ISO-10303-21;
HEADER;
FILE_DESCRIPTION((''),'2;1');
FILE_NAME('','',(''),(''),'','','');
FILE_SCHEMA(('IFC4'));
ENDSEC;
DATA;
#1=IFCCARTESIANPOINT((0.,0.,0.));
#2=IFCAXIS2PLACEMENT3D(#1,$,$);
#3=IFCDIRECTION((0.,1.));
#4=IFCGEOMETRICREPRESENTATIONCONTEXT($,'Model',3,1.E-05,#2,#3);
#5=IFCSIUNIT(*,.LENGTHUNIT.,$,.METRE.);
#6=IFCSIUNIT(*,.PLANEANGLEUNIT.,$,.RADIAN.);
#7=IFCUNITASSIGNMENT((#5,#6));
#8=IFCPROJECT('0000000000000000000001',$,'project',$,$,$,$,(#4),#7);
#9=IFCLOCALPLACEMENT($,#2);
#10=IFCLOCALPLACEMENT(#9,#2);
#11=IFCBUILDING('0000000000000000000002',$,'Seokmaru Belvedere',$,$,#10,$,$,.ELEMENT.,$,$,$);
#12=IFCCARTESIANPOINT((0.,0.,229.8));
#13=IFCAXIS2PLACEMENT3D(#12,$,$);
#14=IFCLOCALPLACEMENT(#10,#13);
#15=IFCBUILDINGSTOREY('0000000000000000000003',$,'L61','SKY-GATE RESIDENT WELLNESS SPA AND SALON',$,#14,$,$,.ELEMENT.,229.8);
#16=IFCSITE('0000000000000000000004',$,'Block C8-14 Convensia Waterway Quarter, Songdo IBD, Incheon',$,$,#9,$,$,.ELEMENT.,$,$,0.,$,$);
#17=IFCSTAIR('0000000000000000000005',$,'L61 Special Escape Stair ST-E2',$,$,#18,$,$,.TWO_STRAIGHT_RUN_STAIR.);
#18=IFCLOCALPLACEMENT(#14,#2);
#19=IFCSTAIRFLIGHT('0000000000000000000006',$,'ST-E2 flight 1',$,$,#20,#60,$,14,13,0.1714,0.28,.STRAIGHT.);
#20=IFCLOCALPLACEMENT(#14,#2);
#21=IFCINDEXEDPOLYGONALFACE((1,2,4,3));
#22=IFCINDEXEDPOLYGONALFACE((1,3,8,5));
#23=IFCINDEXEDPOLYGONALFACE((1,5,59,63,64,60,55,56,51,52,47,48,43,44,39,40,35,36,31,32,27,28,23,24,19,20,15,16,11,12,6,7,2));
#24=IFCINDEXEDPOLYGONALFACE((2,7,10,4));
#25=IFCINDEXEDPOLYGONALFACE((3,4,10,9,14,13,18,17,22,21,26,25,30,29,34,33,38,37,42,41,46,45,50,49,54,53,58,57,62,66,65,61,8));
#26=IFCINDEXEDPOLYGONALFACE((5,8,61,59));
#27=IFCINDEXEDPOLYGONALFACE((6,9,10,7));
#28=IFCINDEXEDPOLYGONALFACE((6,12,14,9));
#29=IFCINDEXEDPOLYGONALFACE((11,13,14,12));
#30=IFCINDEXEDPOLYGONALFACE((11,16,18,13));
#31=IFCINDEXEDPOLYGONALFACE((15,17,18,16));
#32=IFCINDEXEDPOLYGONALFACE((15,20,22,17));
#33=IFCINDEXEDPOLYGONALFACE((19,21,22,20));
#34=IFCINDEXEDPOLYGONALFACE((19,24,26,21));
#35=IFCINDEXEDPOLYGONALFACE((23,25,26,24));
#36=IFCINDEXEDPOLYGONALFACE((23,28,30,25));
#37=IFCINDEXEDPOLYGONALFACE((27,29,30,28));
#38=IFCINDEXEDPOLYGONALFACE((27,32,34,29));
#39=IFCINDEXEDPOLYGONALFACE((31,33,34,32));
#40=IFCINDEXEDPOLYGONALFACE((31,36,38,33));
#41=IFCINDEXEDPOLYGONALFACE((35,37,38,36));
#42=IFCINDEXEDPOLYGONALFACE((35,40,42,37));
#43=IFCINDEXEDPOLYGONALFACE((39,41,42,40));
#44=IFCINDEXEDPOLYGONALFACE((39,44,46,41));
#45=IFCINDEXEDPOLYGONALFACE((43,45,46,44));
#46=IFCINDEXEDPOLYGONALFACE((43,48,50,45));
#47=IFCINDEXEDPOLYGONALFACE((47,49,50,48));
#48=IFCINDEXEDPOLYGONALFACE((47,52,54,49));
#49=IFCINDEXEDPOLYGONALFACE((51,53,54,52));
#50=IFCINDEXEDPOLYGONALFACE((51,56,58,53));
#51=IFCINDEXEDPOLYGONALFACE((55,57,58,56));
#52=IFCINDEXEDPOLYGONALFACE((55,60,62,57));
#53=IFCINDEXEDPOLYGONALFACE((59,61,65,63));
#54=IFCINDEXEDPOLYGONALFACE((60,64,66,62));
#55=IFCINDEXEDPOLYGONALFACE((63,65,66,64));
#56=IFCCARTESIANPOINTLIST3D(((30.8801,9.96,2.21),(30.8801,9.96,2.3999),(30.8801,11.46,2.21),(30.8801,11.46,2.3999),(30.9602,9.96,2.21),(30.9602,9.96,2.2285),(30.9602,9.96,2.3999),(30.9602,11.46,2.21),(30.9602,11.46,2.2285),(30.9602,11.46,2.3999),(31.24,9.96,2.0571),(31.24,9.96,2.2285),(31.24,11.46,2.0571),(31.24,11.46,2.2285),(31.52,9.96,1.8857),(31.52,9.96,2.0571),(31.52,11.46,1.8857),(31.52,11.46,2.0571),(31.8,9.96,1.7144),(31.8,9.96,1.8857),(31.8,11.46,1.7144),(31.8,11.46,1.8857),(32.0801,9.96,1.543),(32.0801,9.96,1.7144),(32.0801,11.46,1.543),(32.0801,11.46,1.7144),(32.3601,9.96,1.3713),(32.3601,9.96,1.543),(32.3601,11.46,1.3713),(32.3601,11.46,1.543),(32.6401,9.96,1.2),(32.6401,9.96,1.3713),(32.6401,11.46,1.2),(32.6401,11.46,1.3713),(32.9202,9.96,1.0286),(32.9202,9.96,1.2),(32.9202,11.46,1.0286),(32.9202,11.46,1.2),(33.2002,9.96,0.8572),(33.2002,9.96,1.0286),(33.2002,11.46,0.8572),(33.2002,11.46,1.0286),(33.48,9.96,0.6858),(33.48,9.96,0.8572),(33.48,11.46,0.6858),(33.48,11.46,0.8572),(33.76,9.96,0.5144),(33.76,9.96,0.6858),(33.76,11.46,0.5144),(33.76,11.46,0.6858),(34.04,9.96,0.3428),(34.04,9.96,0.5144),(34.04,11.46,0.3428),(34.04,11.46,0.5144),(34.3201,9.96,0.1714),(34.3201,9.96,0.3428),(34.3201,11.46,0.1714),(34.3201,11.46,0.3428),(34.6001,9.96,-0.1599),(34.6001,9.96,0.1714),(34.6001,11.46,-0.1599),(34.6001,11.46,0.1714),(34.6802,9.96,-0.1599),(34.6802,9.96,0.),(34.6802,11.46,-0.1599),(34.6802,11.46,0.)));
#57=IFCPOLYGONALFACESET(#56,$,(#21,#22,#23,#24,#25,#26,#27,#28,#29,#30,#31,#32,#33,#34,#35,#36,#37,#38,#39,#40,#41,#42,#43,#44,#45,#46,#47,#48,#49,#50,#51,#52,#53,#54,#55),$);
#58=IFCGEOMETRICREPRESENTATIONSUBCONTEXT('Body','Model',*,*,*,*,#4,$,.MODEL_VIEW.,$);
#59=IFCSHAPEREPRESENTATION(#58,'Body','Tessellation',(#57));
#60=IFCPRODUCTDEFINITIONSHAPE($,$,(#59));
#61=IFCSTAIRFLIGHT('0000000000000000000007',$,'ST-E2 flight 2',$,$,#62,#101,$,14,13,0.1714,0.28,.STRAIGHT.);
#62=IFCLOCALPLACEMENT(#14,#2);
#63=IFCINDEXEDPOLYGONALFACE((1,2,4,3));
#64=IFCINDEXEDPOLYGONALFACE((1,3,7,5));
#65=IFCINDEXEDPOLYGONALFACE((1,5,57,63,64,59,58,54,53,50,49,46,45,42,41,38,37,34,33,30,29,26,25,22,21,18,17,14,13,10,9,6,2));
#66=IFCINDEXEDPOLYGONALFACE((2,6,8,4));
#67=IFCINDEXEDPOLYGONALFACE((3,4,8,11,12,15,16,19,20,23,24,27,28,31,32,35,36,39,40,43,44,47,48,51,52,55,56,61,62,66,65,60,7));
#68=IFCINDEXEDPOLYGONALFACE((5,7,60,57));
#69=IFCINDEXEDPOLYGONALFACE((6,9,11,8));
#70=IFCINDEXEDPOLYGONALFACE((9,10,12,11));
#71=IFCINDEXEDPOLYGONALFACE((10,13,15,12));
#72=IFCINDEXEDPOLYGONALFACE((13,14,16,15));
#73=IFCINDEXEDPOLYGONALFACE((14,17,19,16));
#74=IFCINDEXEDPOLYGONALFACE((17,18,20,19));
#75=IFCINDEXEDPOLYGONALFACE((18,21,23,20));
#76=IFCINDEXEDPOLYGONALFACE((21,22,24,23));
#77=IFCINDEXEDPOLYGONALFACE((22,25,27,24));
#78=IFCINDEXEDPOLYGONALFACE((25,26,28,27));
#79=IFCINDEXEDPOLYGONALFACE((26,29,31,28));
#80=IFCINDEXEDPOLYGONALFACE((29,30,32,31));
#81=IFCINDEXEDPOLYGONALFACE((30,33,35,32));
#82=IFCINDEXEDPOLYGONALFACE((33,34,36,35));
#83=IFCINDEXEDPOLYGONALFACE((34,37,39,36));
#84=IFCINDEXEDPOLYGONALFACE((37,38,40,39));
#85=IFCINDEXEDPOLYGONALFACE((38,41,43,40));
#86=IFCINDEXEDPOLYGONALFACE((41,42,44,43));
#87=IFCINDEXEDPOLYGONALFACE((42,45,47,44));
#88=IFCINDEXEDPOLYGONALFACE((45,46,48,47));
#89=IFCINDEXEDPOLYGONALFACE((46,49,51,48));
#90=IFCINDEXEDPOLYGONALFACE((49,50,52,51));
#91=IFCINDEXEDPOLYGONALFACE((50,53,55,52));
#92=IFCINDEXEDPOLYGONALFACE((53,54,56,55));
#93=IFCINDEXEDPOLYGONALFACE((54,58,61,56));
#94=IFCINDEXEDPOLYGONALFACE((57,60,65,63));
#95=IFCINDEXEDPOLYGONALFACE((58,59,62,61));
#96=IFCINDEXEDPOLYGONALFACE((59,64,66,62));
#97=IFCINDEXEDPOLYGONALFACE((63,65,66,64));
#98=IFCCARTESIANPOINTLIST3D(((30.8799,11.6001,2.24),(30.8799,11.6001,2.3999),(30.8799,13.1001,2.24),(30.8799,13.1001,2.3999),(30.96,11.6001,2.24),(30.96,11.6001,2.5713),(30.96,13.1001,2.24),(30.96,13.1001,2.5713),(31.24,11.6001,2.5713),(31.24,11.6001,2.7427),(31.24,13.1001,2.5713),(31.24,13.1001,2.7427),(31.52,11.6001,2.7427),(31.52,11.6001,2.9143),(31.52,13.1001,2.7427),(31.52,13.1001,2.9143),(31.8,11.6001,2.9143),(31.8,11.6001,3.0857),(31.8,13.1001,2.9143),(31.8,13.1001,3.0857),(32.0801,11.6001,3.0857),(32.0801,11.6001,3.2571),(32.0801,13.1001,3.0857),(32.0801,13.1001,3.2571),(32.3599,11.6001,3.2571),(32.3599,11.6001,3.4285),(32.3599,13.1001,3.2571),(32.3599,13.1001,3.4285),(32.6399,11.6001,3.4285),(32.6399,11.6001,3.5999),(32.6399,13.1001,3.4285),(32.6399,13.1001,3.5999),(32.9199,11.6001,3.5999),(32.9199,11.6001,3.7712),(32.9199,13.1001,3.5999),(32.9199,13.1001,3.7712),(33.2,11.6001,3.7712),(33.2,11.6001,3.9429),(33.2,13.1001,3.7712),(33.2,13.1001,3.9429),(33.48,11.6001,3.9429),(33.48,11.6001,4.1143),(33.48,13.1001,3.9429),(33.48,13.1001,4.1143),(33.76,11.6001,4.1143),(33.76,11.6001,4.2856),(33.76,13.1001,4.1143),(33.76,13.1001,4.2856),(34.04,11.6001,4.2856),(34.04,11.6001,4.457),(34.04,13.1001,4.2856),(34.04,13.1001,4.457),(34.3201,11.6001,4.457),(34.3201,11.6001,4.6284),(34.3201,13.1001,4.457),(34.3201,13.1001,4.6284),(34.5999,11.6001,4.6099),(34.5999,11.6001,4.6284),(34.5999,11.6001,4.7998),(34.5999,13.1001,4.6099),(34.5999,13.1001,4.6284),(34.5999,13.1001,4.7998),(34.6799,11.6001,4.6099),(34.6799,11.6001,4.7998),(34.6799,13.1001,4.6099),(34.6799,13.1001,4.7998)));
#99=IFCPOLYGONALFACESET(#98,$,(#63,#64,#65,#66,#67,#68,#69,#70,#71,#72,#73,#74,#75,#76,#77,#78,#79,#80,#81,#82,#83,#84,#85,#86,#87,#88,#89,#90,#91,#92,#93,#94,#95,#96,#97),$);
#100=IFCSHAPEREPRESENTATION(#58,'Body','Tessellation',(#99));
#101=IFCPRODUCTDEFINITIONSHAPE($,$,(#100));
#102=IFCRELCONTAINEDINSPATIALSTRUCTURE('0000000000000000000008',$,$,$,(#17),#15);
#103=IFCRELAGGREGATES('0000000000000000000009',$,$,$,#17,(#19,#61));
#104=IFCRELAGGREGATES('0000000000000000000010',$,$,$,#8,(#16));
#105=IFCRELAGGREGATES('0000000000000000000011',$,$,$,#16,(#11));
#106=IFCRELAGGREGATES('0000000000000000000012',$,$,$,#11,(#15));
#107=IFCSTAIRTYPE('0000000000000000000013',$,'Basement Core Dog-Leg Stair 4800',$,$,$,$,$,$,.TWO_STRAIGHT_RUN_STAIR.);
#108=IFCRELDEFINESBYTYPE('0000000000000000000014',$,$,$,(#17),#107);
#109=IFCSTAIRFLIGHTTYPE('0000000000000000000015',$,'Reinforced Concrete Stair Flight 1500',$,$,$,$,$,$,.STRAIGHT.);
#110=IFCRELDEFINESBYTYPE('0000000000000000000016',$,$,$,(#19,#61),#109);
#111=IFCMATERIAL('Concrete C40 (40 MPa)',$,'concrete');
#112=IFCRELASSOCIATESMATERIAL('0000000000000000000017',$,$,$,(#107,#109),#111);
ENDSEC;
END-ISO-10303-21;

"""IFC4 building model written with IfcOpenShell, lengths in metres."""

from ifc_helpers import new_model, si_unit, direction, frame, origin, place, context, subcontext, project, spatial, polyline, outline, extrude, material, type_object, element, aggregate, save


model = new_model("IFC4")

# Units and contexts
model_context = context("Model", 3, precision=1e-05, world=origin(), true_north=direction((0.0, 1.0)))
body_context = subcontext(model_context, "Body", "Model", "MODEL_VIEW")
ifc_project = project(units=[si_unit("LENGTHUNIT", "METRE"), si_unit("PLANEANGLEUNIT", "RADIAN")], contexts=[model_context])

# Site, building, storey
site_placement = place(None, origin())
site = spatial("IfcSite", under=ifc_project, at=site_placement, Name="Block C8-14 Convensia Waterway Quarter, Songdo IBD, Incheon", CompositionType="ELEMENT", RefElevation=0.0)
building_placement = place(site_placement, origin())
building = spatial("IfcBuilding", under=site, at=building_placement, Name="Seokmaru Belvedere", CompositionType="ELEMENT")
storey_placement = place(building_placement, frame((0.0, 0.0, 229.8)))
storey = spatial("IfcBuildingStorey", under=building, at=storey_placement, Name="L61", Description="SKY-GATE RESIDENT WELLNESS SPA AND SALON", CompositionType="ELEMENT", Elevation=229.8)

# Stair, stair flights
ifc_material_1 = material(Name="Concrete C40 (40 MPa)", Category="concrete")
stair_type = type_object("IfcStairType", Name="Basement Core Dog-Leg Stair 4800", PredefinedType="TWO_STRAIGHT_RUN_STAIR", material=ifc_material_1)
stair_placement = place(storey_placement, origin())
stair = element("IfcStair", 1, at=stair_placement, inside=storey, type_object=stair_type, Name="L61 Special Escape Stair ST-E2", PredefinedType="TWO_STRAIGHT_RUN_STAIR")
stair_flight_type = type_object("IfcStairFlightType", Name="Reinforced Concrete Stair Flight 1500", PredefinedType="STRAIGHT", material=ifc_material_1)
stair_flight_1_placement = place(storey_placement, frame((34.6001, 10.71, 0.0), z_axis=(0.0, 0.0, 1.0), x_axis=(-1.0, 0.0, 0.0)))
stair_flight_1 = element("IfcStairFlight", 2, at=stair_flight_1_placement, type_object=stair_flight_type, Name="ST-E2 flight 1", NumberOfRisers=14, NumberOfTreads=13, PredefinedType="STRAIGHT", RiserHeight=0.1714, TreadLength=0.28, context=body_context, shape_type="SweptSolid", body=[
    extrude(outline(polyline([(-0.0801, 0.0), (0.0, 0.1714), (0.28, 0.1714), (0.28, 0.3428), (0.5601, 0.3428), (0.5601, 0.5144), (0.8401, 0.5144), (0.8401, 0.6858), (1.1201, 0.6858), (1.1201, 0.8572), (1.3999, 0.8572), (1.3999, 1.0286), (1.6799, 1.0286), (1.6799, 1.2), (1.96, 1.2), (1.96, 1.3713), (2.24, 1.3713), (2.24, 1.543), (2.52, 1.543), (2.52, 1.7144), (2.8, 1.7144), (2.8, 1.8857), (3.0801, 1.8857), (3.0801, 2.0571), (3.3601, 2.0571), (3.3601, 2.2285), (3.6399, 2.2285), (3.6399, 2.3999), (3.72, 2.3999), (3.72, 2.21), (3.6399, 2.21), (0.0, -0.1599), (-0.0801, -0.1599), (-0.0801, 0.0)])), frame((0.0, 0.75, 0.0), z_axis=(0.0, -1.0, 0.0), x_axis=(1.0, 0.0, 0.0)), (0.0, 0.0, 1.0), 1.5),
])
stair_flight_2_placement = place(storey_placement, frame((30.96, 12.3501, 2.3999), z_axis=(0.0, 0.0, 1.0), x_axis=(1.0, 0.0, 0.0)))
stair_flight_2 = element("IfcStairFlight", 3, at=stair_flight_2_placement, type_object=stair_flight_type, Name="ST-E2 flight 2", NumberOfRisers=14, NumberOfTreads=13, PredefinedType="STRAIGHT", RiserHeight=0.1714, TreadLength=0.28, context=body_context, shape_type="SweptSolid", body=[
    extrude(outline(polyline([(-0.0801, 0.0), (0.0, 0.1714), (0.28, 0.1714), (0.28, 0.3428), (0.5601, 0.3428), (0.5601, 0.5144), (0.8401, 0.5144), (0.8401, 0.6858), (1.1201, 0.6858), (1.1201, 0.8572), (1.3999, 0.8572), (1.3999, 1.0286), (1.6799, 1.0286), (1.6799, 1.2), (1.96, 1.2), (1.96, 1.3713), (2.24, 1.3713), (2.24, 1.543), (2.52, 1.543), (2.52, 1.7144), (2.8, 1.7144), (2.8, 1.8857), (3.0801, 1.8857), (3.0801, 2.0571), (3.3601, 2.0571), (3.3601, 2.2285), (3.6399, 2.2285), (3.6399, 2.3999), (3.72, 2.3999), (3.72, 2.21), (3.6399, 2.21), (0.0, -0.1599), (-0.0801, -0.1599), (-0.0801, 0.0)])), frame((0.0, 0.75, 0.0), z_axis=(0.0, -1.0, 0.0), x_axis=(1.0, 0.0, 0.0)), (0.0, 0.0, 1.0), 1.5),
])
aggregate(stair, [stair_flight_1, stair_flight_2])

save(model, "model.ifc")
